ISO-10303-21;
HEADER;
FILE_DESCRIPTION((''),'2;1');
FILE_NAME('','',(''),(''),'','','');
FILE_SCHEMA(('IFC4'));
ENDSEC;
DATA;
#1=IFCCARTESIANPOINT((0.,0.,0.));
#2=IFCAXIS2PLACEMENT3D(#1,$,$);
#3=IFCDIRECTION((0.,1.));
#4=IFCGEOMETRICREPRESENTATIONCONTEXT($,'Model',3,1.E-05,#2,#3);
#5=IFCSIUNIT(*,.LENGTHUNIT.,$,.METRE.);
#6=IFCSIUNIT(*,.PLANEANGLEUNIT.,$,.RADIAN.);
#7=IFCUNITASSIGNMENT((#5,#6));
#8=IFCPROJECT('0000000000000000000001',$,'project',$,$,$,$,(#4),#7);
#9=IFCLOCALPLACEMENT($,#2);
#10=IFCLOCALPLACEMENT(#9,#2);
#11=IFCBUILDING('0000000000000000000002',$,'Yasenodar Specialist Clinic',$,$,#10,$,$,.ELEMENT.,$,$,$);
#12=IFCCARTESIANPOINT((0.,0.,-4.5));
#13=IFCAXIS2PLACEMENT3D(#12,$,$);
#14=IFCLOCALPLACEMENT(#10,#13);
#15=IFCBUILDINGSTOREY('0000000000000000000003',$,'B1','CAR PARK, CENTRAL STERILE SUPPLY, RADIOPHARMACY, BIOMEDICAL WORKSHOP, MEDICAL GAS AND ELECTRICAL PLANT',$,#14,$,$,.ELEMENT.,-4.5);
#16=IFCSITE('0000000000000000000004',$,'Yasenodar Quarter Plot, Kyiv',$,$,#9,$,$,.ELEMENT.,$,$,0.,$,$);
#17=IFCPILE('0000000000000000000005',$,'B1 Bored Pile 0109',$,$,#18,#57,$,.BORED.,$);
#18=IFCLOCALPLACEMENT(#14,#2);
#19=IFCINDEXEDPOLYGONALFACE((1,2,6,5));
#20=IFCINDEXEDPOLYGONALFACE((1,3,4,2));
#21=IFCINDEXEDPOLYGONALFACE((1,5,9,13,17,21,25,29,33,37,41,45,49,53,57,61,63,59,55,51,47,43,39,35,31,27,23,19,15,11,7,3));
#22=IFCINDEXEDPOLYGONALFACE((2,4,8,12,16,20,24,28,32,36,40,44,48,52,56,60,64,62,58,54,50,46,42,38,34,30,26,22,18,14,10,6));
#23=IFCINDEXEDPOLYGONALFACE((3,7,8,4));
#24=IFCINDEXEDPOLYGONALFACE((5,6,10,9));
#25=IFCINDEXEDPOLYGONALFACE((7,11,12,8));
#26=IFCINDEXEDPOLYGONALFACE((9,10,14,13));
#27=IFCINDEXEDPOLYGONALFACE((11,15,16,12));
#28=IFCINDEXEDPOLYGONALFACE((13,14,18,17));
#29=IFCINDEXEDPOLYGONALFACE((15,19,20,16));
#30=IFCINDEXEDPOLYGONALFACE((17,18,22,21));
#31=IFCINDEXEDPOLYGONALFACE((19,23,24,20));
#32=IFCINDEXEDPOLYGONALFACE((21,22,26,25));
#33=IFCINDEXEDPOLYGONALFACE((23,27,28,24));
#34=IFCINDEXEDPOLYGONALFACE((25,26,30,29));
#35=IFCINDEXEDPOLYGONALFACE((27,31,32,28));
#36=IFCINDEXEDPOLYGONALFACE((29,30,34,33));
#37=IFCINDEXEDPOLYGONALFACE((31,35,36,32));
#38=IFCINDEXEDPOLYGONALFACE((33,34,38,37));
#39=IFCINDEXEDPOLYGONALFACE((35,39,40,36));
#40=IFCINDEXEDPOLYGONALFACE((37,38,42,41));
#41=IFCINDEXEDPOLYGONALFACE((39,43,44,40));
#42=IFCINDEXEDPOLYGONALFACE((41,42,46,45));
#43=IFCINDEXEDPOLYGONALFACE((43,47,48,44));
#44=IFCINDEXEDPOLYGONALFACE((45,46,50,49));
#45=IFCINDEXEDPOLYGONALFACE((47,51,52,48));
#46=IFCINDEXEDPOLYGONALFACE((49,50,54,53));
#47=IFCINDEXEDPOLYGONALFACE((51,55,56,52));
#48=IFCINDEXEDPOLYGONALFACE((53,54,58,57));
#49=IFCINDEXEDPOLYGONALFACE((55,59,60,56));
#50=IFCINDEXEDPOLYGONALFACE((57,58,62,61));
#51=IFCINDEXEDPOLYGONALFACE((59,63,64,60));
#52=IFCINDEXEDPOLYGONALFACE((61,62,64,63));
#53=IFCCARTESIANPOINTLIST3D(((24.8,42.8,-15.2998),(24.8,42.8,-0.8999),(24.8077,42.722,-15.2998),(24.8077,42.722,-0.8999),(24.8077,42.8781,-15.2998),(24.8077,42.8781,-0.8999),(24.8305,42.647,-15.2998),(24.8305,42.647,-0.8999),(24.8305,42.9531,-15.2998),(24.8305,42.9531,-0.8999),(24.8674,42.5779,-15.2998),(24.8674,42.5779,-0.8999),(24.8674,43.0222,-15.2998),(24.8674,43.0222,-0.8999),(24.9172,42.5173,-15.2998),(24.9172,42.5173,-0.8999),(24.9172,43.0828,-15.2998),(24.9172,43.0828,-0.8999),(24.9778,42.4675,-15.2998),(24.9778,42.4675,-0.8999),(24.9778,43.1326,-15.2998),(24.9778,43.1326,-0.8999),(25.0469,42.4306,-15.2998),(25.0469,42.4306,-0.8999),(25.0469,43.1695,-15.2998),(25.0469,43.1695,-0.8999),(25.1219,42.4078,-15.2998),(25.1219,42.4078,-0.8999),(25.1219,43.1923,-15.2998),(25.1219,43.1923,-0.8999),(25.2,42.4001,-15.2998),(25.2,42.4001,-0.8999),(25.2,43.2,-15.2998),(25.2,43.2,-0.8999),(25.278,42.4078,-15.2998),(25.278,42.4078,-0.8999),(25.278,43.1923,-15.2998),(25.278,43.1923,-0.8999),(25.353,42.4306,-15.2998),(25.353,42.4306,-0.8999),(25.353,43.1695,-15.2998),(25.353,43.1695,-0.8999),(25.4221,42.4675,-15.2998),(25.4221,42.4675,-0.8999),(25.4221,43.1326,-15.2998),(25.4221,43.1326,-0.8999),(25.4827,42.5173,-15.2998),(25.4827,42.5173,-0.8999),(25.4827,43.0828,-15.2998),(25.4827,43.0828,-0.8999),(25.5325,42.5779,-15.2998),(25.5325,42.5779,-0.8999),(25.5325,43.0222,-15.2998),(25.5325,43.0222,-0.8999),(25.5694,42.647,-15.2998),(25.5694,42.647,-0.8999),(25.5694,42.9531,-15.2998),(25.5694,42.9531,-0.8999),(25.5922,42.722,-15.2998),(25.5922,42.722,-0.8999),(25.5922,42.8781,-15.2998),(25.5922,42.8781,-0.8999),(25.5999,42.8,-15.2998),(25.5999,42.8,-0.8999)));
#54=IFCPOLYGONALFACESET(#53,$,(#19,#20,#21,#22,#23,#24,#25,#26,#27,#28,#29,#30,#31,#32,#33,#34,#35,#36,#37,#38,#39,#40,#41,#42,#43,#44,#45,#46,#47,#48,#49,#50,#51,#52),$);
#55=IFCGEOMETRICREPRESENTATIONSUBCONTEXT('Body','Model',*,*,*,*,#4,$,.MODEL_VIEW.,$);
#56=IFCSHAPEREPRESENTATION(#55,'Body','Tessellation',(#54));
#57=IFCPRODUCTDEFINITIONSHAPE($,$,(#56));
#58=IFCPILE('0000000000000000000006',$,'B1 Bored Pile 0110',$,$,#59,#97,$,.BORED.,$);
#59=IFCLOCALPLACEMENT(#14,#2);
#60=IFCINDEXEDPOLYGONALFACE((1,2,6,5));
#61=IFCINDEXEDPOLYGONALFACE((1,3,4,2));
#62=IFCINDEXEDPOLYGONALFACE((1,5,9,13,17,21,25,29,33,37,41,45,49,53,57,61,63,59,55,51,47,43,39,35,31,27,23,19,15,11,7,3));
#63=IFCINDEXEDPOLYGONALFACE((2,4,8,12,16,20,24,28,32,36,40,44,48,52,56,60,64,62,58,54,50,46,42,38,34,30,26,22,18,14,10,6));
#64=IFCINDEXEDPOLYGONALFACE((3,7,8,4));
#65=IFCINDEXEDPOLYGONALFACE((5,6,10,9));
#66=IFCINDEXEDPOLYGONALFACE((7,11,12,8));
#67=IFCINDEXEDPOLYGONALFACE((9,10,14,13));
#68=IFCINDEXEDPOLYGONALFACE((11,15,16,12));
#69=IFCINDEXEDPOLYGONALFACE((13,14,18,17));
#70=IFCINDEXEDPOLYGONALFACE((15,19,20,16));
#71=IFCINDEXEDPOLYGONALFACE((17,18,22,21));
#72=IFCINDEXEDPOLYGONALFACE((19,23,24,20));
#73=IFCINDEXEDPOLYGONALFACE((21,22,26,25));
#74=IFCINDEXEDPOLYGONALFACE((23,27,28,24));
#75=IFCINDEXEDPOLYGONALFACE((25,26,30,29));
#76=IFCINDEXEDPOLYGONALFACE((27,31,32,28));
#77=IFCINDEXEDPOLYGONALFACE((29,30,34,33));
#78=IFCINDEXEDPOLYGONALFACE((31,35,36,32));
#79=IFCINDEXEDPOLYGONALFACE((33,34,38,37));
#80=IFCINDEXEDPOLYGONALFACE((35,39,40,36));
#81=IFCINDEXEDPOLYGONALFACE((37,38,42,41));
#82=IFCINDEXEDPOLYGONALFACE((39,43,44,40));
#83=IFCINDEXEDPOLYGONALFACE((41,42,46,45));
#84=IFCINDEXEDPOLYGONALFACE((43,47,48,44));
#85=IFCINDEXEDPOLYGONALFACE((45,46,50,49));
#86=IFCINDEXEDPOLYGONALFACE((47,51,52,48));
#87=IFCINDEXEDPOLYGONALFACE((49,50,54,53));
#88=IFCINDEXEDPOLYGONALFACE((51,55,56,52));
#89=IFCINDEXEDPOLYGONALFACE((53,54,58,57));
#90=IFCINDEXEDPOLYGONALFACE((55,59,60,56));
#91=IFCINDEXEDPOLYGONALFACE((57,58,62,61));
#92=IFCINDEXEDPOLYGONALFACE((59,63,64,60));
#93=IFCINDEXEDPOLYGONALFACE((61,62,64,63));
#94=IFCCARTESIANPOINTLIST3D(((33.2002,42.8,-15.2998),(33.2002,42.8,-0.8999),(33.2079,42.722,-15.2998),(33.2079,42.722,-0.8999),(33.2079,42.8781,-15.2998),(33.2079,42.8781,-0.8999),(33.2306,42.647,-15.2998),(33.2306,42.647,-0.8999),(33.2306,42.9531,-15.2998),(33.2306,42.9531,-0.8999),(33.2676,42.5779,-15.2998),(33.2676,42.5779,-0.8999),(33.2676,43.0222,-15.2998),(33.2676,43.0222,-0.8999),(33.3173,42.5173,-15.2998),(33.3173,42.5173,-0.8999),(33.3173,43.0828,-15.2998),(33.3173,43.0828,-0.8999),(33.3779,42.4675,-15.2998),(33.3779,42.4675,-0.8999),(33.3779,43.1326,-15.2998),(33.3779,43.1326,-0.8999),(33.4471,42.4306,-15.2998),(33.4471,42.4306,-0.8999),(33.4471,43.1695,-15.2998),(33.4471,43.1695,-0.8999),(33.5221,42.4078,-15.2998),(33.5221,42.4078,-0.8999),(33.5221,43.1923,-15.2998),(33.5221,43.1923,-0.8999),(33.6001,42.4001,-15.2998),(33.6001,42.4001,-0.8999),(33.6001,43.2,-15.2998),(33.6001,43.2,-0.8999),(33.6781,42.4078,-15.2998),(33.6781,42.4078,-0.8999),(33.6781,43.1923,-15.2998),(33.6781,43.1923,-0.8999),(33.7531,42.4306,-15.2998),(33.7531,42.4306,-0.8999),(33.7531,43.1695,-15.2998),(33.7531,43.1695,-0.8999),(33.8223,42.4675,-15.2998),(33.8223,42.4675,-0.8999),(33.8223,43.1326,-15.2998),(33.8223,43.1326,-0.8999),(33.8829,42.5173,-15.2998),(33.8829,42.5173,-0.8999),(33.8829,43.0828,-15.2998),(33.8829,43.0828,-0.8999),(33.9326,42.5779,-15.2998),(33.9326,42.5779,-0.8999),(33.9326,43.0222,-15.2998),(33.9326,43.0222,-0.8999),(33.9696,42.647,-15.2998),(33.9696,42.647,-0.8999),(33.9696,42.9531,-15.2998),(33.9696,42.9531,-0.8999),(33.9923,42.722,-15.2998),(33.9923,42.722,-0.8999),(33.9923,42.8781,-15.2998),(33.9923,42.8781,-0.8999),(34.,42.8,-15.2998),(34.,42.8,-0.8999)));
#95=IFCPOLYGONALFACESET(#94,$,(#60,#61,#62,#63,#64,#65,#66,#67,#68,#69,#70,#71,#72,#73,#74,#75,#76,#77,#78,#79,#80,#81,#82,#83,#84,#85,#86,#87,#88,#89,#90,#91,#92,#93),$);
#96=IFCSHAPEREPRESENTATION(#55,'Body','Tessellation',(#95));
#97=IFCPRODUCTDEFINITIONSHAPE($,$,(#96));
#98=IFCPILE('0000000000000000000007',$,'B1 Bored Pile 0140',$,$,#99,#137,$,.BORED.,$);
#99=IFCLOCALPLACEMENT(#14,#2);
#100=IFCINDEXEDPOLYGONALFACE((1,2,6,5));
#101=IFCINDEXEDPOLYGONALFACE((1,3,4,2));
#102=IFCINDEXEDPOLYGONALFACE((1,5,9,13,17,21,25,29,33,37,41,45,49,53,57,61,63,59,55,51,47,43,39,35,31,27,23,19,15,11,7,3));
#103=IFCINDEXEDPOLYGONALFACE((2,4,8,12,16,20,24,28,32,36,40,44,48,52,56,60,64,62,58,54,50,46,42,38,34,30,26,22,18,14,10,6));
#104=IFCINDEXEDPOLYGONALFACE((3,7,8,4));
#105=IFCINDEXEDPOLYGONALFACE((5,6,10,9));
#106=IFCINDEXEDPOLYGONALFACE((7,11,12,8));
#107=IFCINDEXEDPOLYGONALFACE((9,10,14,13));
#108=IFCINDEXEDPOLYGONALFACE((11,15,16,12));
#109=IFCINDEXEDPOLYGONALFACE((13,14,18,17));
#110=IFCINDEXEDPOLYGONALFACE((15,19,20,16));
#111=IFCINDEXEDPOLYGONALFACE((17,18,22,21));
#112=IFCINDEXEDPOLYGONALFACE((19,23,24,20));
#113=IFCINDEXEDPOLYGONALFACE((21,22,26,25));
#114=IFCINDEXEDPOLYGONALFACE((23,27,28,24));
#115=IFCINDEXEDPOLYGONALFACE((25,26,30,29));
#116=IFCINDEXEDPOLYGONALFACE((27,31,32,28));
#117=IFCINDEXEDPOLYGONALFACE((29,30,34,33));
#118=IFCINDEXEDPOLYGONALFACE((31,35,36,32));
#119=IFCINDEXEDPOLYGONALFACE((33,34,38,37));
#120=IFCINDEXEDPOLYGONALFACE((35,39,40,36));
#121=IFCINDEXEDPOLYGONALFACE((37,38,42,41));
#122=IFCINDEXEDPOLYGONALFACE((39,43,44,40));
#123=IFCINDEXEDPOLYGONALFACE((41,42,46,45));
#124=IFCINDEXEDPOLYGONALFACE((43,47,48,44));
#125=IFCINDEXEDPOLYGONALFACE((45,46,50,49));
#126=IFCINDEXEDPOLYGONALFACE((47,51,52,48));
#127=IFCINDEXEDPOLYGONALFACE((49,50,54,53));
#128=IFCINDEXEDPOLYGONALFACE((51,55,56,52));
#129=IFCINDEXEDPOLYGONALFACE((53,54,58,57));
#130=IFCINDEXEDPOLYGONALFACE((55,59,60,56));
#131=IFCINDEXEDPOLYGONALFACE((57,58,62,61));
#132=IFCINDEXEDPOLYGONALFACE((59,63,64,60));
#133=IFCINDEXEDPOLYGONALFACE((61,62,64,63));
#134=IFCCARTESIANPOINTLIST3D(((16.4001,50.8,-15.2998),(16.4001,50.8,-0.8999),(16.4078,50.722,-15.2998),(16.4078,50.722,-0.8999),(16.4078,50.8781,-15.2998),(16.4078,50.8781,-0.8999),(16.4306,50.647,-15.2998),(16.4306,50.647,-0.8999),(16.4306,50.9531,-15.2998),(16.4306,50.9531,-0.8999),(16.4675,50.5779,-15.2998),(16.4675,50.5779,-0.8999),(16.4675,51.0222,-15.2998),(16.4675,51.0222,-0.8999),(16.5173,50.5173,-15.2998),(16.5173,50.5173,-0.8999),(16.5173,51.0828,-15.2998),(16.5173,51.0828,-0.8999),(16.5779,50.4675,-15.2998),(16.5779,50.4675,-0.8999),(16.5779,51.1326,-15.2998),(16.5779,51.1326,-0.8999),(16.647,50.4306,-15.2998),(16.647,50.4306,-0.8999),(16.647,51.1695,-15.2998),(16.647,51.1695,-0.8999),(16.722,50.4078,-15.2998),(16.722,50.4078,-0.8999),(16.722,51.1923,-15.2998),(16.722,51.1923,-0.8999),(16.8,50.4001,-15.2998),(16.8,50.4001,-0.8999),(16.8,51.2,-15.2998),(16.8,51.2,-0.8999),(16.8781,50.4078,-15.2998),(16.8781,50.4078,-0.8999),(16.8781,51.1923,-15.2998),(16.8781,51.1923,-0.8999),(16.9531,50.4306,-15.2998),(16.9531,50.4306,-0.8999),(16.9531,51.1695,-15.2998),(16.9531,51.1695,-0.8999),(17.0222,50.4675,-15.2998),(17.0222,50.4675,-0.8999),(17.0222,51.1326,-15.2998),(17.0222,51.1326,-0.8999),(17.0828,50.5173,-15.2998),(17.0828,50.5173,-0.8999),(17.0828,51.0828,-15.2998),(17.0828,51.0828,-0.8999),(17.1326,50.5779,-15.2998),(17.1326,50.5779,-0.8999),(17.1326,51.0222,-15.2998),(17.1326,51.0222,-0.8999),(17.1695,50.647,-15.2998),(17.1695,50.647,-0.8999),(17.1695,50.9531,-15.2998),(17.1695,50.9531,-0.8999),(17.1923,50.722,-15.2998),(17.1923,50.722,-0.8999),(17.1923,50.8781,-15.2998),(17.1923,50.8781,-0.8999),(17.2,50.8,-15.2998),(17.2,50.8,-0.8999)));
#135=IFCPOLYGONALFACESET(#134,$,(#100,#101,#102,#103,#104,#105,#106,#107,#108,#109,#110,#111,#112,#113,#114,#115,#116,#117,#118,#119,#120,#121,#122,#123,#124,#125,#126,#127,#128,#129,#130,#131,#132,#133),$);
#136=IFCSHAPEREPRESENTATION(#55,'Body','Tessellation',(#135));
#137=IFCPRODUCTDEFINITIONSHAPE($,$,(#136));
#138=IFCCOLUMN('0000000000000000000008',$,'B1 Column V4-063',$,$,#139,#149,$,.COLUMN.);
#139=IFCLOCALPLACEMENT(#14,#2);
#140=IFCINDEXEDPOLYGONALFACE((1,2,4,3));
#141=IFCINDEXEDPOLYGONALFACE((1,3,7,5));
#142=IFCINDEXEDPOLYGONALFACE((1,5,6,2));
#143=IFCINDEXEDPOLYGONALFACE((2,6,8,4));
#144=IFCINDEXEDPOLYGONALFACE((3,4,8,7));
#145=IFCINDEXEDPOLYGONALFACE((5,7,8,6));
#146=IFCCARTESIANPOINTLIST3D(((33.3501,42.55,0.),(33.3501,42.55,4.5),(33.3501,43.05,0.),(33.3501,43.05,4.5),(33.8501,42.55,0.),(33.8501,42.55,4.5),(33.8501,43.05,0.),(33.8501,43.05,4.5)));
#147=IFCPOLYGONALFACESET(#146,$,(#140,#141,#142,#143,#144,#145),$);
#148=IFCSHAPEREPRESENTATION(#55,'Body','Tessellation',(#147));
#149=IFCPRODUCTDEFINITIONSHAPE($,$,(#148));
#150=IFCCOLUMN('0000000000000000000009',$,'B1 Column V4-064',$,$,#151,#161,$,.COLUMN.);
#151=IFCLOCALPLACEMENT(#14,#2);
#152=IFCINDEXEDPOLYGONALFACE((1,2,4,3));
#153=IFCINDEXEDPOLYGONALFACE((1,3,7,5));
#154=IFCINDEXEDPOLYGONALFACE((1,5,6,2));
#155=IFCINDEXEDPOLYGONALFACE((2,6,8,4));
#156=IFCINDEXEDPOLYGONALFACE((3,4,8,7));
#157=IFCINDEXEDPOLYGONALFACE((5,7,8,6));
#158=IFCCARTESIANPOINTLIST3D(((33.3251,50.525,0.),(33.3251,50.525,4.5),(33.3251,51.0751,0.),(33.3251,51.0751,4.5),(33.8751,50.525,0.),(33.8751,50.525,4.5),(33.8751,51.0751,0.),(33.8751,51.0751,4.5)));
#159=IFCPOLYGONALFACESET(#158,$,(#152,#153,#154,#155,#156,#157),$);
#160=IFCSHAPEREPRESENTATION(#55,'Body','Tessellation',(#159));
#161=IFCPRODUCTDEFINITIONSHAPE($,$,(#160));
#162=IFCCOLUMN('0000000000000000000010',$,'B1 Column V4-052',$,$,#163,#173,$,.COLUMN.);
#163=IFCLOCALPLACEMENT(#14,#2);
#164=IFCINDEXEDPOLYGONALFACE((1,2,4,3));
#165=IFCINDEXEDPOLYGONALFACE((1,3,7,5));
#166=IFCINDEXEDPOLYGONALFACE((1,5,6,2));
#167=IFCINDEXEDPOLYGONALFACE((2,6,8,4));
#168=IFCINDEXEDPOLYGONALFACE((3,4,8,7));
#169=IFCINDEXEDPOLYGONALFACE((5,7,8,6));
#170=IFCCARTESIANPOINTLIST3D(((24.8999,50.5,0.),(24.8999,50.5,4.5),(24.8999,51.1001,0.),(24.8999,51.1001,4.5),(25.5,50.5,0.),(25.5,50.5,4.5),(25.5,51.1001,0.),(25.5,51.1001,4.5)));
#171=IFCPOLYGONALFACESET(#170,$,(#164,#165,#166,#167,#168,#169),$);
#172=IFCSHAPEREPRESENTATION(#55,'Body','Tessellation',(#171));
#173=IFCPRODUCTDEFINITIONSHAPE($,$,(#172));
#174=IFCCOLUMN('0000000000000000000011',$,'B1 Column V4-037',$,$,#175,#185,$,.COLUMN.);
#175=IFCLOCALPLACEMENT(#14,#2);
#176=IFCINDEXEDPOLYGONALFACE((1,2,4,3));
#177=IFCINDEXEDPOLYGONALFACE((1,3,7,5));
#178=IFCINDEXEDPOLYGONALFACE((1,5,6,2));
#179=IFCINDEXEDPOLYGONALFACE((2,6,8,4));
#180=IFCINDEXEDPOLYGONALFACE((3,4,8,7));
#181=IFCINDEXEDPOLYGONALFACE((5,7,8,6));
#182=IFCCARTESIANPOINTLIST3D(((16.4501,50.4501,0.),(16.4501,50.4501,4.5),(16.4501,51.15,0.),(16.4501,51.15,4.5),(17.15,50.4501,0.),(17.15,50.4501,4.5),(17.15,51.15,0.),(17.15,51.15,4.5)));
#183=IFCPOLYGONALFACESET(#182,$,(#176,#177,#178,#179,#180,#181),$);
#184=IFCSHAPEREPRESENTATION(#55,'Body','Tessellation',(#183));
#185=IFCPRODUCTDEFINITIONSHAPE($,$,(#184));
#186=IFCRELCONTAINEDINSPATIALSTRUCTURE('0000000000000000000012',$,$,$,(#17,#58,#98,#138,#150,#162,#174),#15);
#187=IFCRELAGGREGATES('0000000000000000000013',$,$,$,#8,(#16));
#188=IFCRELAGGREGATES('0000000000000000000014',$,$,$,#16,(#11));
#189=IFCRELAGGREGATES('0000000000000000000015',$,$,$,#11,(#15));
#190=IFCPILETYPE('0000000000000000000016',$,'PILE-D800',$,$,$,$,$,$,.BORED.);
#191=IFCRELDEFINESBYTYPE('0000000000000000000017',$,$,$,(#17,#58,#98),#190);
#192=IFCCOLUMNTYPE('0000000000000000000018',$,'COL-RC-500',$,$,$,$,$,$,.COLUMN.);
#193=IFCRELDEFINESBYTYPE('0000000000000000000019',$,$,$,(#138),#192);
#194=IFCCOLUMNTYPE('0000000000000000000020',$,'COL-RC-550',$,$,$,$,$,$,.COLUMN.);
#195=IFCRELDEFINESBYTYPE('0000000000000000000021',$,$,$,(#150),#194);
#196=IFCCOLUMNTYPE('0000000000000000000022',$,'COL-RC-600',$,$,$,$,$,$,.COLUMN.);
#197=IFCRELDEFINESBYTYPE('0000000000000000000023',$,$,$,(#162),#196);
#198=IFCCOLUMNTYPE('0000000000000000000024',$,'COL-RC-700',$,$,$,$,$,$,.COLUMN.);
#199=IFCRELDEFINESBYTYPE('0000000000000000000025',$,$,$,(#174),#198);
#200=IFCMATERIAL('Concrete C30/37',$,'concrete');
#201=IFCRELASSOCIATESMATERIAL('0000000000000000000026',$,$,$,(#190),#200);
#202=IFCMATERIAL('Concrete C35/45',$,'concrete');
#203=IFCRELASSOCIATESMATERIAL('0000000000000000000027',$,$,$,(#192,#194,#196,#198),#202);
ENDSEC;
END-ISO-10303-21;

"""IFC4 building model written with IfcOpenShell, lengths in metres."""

from ifc_helpers import new_model, si_unit, direction, frame, origin, origin_2d, place, context, subcontext, project, spatial, rectangle, circle, extrude, material, material_profile, profile_set, type_object, element, save


model = new_model("IFC4")

# Units and contexts
model_context = context("Model", 3, precision=1e-05, world=origin(), true_north=direction((0.0, 1.0)))
body_context = subcontext(model_context, "Body", "Model", "MODEL_VIEW")
ifc_project = project(units=[si_unit("LENGTHUNIT", "METRE"), si_unit("PLANEANGLEUNIT", "RADIAN")], contexts=[model_context])

# Site, building, storey
site_placement = place(None, origin())
site = spatial("IfcSite", under=ifc_project, at=site_placement, Name="Yasenodar Quarter Plot, Kyiv", CompositionType="ELEMENT", RefElevation=0.0)
building_placement = place(site_placement, origin())
building = spatial("IfcBuilding", under=site, at=building_placement, Name="Yasenodar Specialist Clinic", CompositionType="ELEMENT")
storey_placement = place(building_placement, frame((0.0, 0.0, -4.5)))
storey = spatial("IfcBuildingStorey", under=building, at=storey_placement, Name="B1", Description="CAR PARK, CENTRAL STERILE SUPPLY, RADIOPHARMACY, BIOMEDICAL WORKSHOP, MEDICAL GAS AND ELECTRICAL PLANT", CompositionType="ELEMENT", Elevation=-4.5)

# Shared definitions
ifc_material_1 = material(Name="Concrete C35/45", Category="concrete")

# Piles
ifc_material_2 = material(Name="Concrete C30/37", Category="concrete")
ifc_material_profile_1 = material_profile(ifc_material_2, circle(Radius=0.3999, at=origin_2d()), Name="PILE D800")
ifc_profile_set_1 = profile_set([ifc_material_profile_1], Name="Concrete C30/37")
pile_type_1 = type_object("IfcPileType", Name="PILE-D800", PredefinedType="BORED", material=ifc_profile_set_1)
for number, where, z_axis, x_axis, name in (
    (1, (25.2, 42.8, -0.8999), (0.0, 0.0, -1.0), (1.0, 0.0, 0.0), "B1 Bored Pile 0109"),
    (2, (33.6001, 42.8, -0.8999), (0.0, 0.0, -1.0), (1.0, 0.0, 0.0), "B1 Bored Pile 0110"),
    (3, (16.8, 50.8, -0.8999), (0.0, 0.0, -1.0), (1.0, 0.0, 0.0), "B1 Bored Pile 0140"),
):
    element("IfcPile", number, at=place(storey_placement, frame(where, z_axis=z_axis, x_axis=x_axis)), inside=storey, type_object=pile_type_1, Name=name, PredefinedType="BORED", context=body_context, shape_type="SweptSolid", body=[
        extrude(circle(Radius=0.3999, at=origin_2d()), origin(), (0.0, 0.0, 1.0), 14.3999),
    ])

# Columns
ifc_material_profile_2 = material_profile(ifc_material_1, rectangle(XDim=0.5, YDim=0.5, at=origin_2d()), Name="RC 500x500")
ifc_profile_set_2 = profile_set([ifc_material_profile_2], Name="Concrete C35/45")
column_type_1 = type_object("IfcColumnType", Name="COL-RC-500", PredefinedType="COLUMN", material=ifc_profile_set_2)
column_1_placement = place(storey_placement, frame((33.6001, 42.8, 0.0), z_axis=(0.0, 0.0, 1.0), x_axis=(1.0, 0.0, 0.0)))
element("IfcColumn", 4, at=column_1_placement, inside=storey, type_object=column_type_1, Name="B1 Column V4-063", PredefinedType="COLUMN", context=body_context, shape_type="SweptSolid", body=[
    extrude(rectangle(XDim=0.5, YDim=0.5, at=origin_2d()), origin(), (0.0, 0.0, 1.0), 4.5),
])
ifc_material_profile_3 = material_profile(ifc_material_1, rectangle(XDim=0.55, YDim=0.55, at=origin_2d()), Name="RC 550x550")
ifc_profile_set_3 = profile_set([ifc_material_profile_3], Name="Concrete C35/45")
column_type_2 = type_object("IfcColumnType", Name="COL-RC-550", PredefinedType="COLUMN", material=ifc_profile_set_3)
column_2_placement = place(storey_placement, frame((33.6001, 50.8, 0.0), z_axis=(0.0, 0.0, 1.0), x_axis=(1.0, 0.0, 0.0)))
element("IfcColumn", 5, at=column_2_placement, inside=storey, type_object=column_type_2, Name="B1 Column V4-064", PredefinedType="COLUMN", context=body_context, shape_type="SweptSolid", body=[
    extrude(rectangle(XDim=0.55, YDim=0.55, at=origin_2d()), origin(), (0.0, 0.0, 1.0), 4.5),
])
ifc_material_profile_4 = material_profile(ifc_material_1, rectangle(XDim=0.6001, YDim=0.6001, at=origin_2d()), Name="RC 600x600")
ifc_profile_set_4 = profile_set([ifc_material_profile_4], Name="Concrete C35/45")
column_type_3 = type_object("IfcColumnType", Name="COL-RC-600", PredefinedType="COLUMN", material=ifc_profile_set_4)
column_3_placement = place(storey_placement, frame((25.2, 50.8, 0.0), z_axis=(0.0, 0.0, 1.0), x_axis=(1.0, 0.0, 0.0)))
element("IfcColumn", 6, at=column_3_placement, inside=storey, type_object=column_type_3, Name="B1 Column V4-052", PredefinedType="COLUMN", context=body_context, shape_type="SweptSolid", body=[
    extrude(rectangle(XDim=0.6001, YDim=0.6001, at=origin_2d()), origin(), (0.0, 0.0, 1.0), 4.5),
])
ifc_material_profile_5 = material_profile(ifc_material_1, rectangle(XDim=0.7, YDim=0.7, at=origin_2d()), Name="RC 700x700")
ifc_profile_set_5 = profile_set([ifc_material_profile_5], Name="Concrete C35/45")
column_type_4 = type_object("IfcColumnType", Name="COL-RC-700", PredefinedType="COLUMN", material=ifc_profile_set_5)
column_4_placement = place(storey_placement, frame((16.8, 50.8, 0.0), z_axis=(0.0, 0.0, 1.0), x_axis=(1.0, 0.0, 0.0)))
element("IfcColumn", 7, at=column_4_placement, inside=storey, type_object=column_type_4, Name="B1 Column V4-037", PredefinedType="COLUMN", context=body_context, shape_type="SweptSolid", body=[
    extrude(rectangle(XDim=0.7, YDim=0.7, at=origin_2d()), origin(), (0.0, 0.0, 1.0), 4.5),
])

save(model, "model.ifc")
